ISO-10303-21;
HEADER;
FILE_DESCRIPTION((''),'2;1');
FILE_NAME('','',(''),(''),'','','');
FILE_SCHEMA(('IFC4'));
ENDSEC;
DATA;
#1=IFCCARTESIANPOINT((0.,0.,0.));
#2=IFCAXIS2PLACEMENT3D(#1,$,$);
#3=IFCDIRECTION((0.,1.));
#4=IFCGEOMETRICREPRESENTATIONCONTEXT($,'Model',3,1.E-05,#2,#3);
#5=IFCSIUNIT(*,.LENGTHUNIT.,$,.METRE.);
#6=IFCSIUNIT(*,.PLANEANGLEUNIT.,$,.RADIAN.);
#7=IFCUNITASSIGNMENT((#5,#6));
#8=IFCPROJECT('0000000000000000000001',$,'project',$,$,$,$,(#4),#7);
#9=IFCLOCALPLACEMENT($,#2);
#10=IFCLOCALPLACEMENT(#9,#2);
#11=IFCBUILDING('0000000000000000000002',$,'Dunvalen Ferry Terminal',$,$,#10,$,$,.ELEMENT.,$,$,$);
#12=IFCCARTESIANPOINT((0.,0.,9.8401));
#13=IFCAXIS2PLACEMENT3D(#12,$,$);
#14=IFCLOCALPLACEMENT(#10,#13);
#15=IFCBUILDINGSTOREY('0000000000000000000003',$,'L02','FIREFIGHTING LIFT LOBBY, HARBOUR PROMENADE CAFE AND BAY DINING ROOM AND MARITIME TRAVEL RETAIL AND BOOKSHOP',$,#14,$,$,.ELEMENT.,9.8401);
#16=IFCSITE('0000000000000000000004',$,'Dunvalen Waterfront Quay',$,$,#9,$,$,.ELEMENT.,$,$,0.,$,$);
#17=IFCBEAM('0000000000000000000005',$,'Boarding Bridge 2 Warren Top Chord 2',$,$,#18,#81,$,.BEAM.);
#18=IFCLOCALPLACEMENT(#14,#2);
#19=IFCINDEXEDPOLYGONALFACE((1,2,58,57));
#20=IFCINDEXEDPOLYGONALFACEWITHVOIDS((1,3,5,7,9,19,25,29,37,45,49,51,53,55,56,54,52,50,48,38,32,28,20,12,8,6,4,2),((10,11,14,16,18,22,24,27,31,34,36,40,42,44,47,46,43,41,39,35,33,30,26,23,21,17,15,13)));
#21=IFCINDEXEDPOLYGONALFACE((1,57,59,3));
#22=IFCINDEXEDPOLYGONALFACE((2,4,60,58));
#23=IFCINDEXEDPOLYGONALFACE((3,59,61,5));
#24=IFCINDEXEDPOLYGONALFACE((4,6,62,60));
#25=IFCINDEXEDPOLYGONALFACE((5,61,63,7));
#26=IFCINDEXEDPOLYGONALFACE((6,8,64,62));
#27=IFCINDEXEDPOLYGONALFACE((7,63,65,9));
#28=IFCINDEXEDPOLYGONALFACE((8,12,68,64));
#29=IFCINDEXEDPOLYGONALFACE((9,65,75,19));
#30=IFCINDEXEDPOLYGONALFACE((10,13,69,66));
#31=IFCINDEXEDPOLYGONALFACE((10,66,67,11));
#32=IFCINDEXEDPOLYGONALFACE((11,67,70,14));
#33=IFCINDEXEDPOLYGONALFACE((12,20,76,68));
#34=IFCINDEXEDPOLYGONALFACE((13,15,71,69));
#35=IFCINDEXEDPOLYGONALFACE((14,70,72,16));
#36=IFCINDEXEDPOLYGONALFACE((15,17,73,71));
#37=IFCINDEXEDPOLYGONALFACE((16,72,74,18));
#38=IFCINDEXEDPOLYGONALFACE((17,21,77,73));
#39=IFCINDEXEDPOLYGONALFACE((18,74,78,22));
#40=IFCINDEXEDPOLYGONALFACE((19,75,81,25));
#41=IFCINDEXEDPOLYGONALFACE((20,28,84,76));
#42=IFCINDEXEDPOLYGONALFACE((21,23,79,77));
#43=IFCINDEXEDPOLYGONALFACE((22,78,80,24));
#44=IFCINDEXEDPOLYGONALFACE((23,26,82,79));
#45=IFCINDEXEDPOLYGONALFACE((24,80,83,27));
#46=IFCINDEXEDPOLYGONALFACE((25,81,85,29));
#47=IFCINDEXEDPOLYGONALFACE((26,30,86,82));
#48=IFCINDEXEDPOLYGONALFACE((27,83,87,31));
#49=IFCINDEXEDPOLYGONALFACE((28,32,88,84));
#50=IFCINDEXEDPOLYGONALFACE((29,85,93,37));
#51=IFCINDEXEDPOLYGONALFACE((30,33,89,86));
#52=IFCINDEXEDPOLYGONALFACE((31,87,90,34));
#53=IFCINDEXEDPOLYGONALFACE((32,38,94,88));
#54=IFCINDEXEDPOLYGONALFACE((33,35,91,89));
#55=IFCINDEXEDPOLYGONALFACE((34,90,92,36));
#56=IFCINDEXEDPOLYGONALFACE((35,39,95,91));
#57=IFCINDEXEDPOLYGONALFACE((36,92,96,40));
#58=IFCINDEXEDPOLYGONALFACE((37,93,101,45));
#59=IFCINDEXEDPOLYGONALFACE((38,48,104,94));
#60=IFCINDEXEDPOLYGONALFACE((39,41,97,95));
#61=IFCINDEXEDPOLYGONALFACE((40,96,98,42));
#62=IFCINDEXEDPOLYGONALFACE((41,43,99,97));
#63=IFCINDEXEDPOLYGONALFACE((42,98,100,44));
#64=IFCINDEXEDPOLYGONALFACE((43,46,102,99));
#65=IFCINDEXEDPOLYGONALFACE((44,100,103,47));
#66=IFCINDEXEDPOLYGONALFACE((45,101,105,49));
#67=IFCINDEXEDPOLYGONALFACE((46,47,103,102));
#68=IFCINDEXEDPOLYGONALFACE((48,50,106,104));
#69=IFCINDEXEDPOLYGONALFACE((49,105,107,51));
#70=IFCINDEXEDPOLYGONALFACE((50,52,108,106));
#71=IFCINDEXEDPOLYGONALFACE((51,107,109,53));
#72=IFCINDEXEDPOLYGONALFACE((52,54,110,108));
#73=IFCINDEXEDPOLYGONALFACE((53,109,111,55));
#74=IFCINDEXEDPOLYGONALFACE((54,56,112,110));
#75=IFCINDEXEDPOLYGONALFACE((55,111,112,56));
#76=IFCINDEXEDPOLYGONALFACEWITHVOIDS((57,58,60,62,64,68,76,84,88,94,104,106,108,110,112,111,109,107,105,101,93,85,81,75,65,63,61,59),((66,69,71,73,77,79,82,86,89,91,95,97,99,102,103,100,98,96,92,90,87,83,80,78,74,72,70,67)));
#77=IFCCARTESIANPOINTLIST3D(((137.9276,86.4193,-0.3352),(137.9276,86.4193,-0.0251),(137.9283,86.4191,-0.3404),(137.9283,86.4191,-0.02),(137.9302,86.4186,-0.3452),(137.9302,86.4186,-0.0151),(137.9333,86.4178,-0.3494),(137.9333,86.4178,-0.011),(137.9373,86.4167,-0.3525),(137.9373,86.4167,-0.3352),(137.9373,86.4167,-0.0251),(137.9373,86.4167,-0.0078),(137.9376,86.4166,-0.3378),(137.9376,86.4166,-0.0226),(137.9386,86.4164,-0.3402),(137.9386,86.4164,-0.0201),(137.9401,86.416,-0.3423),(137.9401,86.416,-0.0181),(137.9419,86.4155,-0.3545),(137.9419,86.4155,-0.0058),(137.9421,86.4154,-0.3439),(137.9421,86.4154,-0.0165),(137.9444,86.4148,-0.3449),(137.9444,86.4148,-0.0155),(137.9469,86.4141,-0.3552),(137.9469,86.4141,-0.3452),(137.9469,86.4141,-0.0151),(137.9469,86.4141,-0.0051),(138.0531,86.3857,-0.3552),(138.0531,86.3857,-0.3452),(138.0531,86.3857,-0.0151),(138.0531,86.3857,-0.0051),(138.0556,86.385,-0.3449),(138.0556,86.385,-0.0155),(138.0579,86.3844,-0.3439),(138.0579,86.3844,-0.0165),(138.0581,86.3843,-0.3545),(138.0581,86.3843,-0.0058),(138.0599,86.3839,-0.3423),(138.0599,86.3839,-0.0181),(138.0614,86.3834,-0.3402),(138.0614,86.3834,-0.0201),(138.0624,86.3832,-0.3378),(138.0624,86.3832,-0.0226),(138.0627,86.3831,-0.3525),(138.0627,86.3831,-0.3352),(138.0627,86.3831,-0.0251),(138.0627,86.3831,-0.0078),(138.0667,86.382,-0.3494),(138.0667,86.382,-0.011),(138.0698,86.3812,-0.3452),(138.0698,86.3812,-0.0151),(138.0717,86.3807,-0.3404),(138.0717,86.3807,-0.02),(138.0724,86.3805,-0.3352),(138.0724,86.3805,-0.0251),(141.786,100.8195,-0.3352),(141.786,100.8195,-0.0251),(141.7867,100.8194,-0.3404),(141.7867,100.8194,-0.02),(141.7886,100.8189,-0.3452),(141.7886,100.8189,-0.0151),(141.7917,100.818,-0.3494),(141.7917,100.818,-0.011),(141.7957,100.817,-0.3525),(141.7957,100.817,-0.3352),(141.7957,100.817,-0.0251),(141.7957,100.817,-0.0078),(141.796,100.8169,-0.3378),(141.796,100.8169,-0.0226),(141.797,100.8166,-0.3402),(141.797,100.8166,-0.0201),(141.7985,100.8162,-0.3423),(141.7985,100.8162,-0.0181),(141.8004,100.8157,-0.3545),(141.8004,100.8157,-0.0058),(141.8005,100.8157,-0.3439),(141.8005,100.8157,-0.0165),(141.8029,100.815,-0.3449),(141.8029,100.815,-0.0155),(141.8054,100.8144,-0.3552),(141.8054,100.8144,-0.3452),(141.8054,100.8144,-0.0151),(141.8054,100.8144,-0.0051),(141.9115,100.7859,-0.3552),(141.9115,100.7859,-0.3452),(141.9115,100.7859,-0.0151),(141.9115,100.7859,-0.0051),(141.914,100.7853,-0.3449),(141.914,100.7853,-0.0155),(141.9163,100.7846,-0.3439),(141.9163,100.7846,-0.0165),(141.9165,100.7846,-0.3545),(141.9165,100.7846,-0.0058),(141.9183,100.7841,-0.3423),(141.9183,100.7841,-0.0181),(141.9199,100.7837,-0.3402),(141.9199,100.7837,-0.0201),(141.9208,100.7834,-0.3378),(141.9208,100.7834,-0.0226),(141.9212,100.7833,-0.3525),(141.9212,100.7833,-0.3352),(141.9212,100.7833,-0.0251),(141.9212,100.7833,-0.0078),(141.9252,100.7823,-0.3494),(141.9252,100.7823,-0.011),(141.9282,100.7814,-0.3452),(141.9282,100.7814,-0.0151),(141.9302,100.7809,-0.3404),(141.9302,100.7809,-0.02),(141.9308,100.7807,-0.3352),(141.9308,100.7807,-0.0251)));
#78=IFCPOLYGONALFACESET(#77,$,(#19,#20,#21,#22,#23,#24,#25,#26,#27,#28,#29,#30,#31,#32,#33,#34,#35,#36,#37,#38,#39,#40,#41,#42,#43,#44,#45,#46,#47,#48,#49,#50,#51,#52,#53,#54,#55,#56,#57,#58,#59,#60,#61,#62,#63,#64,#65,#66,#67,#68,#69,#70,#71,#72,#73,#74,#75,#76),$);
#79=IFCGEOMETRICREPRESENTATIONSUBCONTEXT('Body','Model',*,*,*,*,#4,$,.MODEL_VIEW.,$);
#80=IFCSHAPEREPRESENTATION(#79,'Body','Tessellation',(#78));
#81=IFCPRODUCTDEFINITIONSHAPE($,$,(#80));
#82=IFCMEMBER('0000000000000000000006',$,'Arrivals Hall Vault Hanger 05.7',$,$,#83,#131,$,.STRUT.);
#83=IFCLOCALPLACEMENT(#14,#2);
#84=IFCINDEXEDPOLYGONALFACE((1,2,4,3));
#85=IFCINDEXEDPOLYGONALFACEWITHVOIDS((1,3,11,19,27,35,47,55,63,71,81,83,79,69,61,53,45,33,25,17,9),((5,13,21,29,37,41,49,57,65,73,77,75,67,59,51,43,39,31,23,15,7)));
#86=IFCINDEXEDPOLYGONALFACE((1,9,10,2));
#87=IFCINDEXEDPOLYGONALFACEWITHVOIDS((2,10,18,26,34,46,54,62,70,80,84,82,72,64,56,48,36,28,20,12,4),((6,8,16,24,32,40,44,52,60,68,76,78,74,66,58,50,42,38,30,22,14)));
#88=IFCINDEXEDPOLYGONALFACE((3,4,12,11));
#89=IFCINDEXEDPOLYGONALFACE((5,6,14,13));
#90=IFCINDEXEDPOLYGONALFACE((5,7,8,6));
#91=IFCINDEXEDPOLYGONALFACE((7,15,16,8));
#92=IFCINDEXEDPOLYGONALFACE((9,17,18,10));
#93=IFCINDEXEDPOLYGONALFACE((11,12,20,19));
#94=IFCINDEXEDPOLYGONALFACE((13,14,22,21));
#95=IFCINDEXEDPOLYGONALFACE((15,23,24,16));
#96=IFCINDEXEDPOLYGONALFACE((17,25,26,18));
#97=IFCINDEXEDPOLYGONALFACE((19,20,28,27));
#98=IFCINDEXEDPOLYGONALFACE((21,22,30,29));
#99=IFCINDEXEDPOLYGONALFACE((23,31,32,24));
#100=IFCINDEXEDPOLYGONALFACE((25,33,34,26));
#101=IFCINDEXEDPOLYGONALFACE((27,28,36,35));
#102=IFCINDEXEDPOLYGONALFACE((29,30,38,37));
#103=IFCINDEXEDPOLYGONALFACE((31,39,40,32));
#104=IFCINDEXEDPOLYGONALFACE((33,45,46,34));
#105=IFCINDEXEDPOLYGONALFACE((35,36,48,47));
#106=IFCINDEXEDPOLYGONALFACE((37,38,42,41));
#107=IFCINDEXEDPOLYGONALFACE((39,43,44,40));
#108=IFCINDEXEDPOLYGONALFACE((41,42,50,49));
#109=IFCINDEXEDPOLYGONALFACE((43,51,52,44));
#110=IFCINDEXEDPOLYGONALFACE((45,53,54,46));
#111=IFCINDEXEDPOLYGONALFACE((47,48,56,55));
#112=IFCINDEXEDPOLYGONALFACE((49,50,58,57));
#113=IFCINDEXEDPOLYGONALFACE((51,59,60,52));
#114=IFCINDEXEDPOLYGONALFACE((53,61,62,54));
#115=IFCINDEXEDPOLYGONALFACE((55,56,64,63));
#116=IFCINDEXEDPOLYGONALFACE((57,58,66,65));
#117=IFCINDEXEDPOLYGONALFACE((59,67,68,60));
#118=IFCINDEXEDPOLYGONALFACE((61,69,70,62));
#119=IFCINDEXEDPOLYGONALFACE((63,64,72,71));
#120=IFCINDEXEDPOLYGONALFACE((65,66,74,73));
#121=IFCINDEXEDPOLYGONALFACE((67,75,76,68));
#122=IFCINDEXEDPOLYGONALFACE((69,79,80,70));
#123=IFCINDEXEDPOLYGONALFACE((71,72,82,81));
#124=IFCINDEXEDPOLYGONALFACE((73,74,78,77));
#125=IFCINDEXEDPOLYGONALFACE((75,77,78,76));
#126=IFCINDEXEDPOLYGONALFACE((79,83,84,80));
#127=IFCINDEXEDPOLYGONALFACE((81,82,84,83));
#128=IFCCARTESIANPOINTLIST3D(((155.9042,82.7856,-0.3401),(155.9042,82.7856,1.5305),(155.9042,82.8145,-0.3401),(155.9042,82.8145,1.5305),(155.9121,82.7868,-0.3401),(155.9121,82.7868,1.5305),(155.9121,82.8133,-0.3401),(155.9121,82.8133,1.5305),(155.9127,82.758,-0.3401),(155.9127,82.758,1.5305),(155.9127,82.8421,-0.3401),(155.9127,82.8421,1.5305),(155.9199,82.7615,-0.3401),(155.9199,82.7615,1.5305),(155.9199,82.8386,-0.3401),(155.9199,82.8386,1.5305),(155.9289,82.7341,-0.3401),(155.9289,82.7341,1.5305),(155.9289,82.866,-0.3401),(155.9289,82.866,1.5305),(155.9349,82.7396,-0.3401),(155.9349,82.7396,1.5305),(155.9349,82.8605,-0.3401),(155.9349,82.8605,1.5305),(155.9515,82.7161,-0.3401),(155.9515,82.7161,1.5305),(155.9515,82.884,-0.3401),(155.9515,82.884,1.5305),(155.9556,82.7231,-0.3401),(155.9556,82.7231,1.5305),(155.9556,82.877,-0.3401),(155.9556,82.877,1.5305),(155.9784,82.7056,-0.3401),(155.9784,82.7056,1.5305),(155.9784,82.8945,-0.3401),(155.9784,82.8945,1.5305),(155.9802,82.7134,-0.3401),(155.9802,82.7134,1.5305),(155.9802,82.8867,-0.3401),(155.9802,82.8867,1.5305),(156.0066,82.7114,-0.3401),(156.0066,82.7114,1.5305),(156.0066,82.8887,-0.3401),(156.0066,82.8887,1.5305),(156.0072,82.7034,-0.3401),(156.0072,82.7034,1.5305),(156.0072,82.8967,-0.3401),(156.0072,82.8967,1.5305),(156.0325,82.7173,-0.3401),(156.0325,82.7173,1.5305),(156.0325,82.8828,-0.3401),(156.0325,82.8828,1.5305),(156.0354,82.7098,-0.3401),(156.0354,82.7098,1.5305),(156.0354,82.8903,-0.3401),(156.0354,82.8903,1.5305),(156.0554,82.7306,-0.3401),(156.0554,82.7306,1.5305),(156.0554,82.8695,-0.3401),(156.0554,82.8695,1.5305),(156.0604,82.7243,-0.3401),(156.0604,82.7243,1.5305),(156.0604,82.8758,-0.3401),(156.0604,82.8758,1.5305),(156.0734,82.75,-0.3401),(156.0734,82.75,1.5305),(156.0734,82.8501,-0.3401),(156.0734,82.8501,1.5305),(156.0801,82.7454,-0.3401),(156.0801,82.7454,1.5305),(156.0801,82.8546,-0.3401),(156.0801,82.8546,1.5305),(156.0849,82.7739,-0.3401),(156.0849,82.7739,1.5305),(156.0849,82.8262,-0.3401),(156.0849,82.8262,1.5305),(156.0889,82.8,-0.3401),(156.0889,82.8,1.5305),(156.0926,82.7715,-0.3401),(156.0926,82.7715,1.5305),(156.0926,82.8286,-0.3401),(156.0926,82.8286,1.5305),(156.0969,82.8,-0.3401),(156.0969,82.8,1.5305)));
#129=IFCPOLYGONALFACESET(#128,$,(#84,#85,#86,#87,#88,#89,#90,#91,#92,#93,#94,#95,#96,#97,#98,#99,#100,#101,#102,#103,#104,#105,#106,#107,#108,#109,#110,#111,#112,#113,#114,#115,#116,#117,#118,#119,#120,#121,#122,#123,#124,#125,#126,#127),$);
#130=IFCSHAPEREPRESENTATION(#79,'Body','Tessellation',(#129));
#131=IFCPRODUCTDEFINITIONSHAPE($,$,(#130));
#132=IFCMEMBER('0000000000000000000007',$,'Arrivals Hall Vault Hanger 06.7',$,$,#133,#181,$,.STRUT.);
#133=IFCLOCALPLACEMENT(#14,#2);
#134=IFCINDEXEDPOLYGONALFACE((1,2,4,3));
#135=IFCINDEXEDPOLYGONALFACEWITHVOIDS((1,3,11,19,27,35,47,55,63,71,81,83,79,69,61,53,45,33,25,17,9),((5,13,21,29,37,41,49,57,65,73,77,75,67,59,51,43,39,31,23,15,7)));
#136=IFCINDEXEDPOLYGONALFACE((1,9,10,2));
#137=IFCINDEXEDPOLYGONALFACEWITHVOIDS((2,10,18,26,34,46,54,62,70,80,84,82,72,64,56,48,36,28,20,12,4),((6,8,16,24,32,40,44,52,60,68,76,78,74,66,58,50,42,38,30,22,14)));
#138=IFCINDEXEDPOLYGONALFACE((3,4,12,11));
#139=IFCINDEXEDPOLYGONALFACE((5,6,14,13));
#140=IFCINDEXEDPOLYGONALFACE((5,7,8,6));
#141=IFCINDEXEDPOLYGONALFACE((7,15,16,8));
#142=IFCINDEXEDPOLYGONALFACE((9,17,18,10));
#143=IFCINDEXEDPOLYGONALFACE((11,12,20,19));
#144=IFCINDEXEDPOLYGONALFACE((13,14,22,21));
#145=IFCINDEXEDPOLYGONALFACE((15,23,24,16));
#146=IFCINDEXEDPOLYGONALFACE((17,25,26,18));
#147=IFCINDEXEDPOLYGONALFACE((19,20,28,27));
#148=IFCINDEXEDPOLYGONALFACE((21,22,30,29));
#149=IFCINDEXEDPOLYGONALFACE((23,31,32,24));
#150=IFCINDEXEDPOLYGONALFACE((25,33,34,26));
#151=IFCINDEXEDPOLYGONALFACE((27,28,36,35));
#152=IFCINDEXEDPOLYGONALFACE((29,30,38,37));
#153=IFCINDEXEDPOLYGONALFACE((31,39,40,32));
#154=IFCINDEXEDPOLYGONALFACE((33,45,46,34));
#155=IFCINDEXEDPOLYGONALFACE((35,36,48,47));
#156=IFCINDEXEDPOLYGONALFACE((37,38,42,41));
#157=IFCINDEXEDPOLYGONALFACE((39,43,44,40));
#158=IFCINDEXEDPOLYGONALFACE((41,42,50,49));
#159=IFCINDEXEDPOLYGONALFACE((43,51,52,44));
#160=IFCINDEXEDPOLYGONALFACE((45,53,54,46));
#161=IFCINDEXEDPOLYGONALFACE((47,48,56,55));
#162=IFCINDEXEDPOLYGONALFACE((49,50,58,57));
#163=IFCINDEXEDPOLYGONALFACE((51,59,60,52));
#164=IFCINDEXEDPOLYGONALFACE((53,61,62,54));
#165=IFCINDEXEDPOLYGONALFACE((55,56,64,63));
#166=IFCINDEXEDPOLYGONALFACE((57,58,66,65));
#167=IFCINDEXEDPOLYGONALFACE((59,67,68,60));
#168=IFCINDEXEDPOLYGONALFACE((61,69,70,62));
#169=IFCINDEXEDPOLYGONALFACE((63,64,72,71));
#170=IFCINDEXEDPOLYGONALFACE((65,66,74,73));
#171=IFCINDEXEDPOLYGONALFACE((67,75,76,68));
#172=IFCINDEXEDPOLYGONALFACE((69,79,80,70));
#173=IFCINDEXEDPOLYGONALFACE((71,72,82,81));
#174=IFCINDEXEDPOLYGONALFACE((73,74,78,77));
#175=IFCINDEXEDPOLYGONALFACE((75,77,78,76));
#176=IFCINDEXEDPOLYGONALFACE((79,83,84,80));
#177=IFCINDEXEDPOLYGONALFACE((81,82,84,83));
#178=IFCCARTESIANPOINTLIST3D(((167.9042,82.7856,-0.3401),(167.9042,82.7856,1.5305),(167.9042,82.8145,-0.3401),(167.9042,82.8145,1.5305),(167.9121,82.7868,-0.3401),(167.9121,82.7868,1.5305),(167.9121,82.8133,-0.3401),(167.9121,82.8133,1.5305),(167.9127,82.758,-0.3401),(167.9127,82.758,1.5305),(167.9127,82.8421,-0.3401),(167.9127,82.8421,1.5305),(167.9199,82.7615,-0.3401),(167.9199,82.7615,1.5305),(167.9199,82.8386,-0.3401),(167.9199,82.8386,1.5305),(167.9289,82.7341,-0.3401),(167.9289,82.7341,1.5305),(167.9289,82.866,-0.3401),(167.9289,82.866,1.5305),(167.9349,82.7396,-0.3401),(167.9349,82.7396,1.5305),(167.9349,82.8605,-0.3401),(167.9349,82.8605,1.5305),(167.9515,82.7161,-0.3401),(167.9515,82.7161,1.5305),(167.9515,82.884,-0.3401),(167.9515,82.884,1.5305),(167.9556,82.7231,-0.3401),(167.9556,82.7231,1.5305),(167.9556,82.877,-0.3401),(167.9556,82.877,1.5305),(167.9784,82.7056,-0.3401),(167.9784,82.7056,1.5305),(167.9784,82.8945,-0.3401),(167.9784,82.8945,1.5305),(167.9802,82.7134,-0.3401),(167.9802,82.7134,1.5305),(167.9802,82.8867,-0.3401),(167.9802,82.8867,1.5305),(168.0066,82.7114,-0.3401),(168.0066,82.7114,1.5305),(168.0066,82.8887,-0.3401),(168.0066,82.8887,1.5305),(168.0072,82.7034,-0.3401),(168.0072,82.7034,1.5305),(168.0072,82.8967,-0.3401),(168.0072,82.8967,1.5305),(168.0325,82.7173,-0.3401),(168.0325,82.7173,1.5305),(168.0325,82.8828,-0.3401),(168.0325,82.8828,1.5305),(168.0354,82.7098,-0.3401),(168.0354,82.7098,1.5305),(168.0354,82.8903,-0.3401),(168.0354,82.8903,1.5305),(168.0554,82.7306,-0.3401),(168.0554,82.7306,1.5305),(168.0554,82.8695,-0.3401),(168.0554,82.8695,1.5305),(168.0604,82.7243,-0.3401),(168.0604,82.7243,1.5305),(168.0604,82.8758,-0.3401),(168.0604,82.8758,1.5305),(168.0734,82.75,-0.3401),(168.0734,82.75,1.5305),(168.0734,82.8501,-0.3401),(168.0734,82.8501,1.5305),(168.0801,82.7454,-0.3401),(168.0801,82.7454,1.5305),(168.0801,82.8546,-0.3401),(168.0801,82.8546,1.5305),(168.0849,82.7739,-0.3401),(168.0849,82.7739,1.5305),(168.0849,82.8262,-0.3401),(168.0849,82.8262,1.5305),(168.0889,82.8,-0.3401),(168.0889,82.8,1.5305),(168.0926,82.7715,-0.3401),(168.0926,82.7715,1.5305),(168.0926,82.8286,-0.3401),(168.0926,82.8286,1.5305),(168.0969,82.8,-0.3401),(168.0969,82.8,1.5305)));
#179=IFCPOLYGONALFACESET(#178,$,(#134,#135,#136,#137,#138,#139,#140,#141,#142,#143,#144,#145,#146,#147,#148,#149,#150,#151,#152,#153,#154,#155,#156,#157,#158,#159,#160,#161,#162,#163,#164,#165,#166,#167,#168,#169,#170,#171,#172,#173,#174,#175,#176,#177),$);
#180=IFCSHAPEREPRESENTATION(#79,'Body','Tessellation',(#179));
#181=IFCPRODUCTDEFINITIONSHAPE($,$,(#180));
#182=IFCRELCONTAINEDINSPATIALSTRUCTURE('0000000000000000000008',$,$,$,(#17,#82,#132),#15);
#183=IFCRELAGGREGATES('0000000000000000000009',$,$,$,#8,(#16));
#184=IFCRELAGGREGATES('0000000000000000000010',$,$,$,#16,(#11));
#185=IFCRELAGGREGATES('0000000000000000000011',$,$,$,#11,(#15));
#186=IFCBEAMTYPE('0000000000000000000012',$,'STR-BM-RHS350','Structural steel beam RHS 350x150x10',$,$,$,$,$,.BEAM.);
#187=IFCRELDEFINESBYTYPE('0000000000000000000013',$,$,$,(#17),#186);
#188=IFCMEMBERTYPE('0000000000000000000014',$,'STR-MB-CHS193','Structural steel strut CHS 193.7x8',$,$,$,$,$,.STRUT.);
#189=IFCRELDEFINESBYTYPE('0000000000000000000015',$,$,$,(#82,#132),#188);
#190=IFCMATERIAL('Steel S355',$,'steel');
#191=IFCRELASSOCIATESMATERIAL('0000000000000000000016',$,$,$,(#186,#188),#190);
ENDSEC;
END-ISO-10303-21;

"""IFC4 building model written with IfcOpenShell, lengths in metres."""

from ifc_helpers import new_model, si_unit, direction, frame, origin, origin_2d, place, context, subcontext, project, spatial, hollow_rectangle, hollow_circle, extrude, material, material_profile, profile_set, type_object, element, save


model = new_model("IFC4")

# Units and contexts
model_context = context("Model", 3, precision=1e-05, world=origin(), true_north=direction((0.0, 1.0)))
body_context = subcontext(model_context, "Body", "Model", "MODEL_VIEW")
ifc_project = project(units=[si_unit("LENGTHUNIT", "METRE"), si_unit("PLANEANGLEUNIT", "RADIAN")], contexts=[model_context])

# Site, building, storey
site_placement = place(None, origin())
site = spatial("IfcSite", under=ifc_project, at=site_placement, Name="Dunvalen Waterfront Quay", CompositionType="ELEMENT", RefElevation=0.0)
building_placement = place(site_placement, origin())
building = spatial("IfcBuilding", under=site, at=building_placement, Name="Dunvalen Ferry Terminal", CompositionType="ELEMENT")
storey_placement = place(building_placement, frame((0.0, 0.0, 9.8401)))
storey = spatial("IfcBuildingStorey", under=building, at=storey_placement, Name="L02", Description="FIREFIGHTING LIFT LOBBY, HARBOUR PROMENADE CAFE AND BAY DINING ROOM AND MARITIME TRAVEL RETAIL AND BOOKSHOP", CompositionType="ELEMENT", Elevation=9.8401)

# Beam
ifc_material_1 = material(Name="Steel S355", Category="steel")
ifc_material_profile_1 = material_profile(ifc_material_1, hollow_rectangle(XDim=0.1499, YDim=0.3501, WallThickness=0.01, InnerFilletRadius=0.01, OuterFilletRadius=0.02, at=origin_2d()), Name="Steel S355")
ifc_profile_set_1 = profile_set([ifc_material_profile_1], Name="Steel S355")
beam_type_1 = type_object("IfcBeamType", Name="STR-BM-RHS350", Description="Structural steel beam RHS 350x150x10", PredefinedType="BEAM", material=ifc_profile_set_1)
beam_placement = place(storey_placement, frame((138.0, 86.3999, -0.1802), z_axis=(0.258812, 0.965928, 0.0), x_axis=(-0.965928, 0.258812, 0.0)))
element("IfcBeam", 1, at=beam_placement, inside=storey, type_object=beam_type_1, Name="Boarding Bridge 2 Warren Top Chord 2", PredefinedType="BEAM", context=body_context, shape_type="SweptSolid", body=[
    extrude(hollow_rectangle(XDim=0.1499, YDim=0.3501, WallThickness=0.01, InnerFilletRadius=0.01, OuterFilletRadius=0.02, at=origin_2d()), origin(), (0.0, 0.0, 1.0), 14.9082),
])

# Members
ifc_material_profile_2 = material_profile(ifc_material_1, hollow_circle(Radius=0.0969, WallThickness=0.0081, at=origin_2d()), Name="Steel S355")
ifc_profile_set_2 = profile_set([ifc_material_profile_2], Name="Steel S355")
member_type_1 = type_object("IfcMemberType", Name="STR-MB-CHS193", Description="Structural steel strut CHS 193.7x8", PredefinedType="STRUT", material=ifc_profile_set_2)
for number, where, z_axis, x_axis, name in (
    (2, (156.0, 82.8, -0.3401), (0.0, 0.0, 1.0), (1.0, 0.0, 0.0), "Arrivals Hall Vault Hanger 05.7"),
    (3, (168.0, 82.8, -0.3401), (0.0, 0.0, 1.0), (1.0, 0.0, 0.0), "Arrivals Hall Vault Hanger 06.7"),
):
    element("IfcMember", number, at=place(storey_placement, frame(where, z_axis=z_axis, x_axis=x_axis)), inside=storey, type_object=member_type_1, Name=name, PredefinedType="STRUT", context=body_context, shape_type="SweptSolid", body=[
        extrude(hollow_circle(Radius=0.0969, WallThickness=0.0081, at=origin_2d()), origin(), (0.0, 0.0, 1.0), 1.8706),
    ])

save(model, "model.ifc")
